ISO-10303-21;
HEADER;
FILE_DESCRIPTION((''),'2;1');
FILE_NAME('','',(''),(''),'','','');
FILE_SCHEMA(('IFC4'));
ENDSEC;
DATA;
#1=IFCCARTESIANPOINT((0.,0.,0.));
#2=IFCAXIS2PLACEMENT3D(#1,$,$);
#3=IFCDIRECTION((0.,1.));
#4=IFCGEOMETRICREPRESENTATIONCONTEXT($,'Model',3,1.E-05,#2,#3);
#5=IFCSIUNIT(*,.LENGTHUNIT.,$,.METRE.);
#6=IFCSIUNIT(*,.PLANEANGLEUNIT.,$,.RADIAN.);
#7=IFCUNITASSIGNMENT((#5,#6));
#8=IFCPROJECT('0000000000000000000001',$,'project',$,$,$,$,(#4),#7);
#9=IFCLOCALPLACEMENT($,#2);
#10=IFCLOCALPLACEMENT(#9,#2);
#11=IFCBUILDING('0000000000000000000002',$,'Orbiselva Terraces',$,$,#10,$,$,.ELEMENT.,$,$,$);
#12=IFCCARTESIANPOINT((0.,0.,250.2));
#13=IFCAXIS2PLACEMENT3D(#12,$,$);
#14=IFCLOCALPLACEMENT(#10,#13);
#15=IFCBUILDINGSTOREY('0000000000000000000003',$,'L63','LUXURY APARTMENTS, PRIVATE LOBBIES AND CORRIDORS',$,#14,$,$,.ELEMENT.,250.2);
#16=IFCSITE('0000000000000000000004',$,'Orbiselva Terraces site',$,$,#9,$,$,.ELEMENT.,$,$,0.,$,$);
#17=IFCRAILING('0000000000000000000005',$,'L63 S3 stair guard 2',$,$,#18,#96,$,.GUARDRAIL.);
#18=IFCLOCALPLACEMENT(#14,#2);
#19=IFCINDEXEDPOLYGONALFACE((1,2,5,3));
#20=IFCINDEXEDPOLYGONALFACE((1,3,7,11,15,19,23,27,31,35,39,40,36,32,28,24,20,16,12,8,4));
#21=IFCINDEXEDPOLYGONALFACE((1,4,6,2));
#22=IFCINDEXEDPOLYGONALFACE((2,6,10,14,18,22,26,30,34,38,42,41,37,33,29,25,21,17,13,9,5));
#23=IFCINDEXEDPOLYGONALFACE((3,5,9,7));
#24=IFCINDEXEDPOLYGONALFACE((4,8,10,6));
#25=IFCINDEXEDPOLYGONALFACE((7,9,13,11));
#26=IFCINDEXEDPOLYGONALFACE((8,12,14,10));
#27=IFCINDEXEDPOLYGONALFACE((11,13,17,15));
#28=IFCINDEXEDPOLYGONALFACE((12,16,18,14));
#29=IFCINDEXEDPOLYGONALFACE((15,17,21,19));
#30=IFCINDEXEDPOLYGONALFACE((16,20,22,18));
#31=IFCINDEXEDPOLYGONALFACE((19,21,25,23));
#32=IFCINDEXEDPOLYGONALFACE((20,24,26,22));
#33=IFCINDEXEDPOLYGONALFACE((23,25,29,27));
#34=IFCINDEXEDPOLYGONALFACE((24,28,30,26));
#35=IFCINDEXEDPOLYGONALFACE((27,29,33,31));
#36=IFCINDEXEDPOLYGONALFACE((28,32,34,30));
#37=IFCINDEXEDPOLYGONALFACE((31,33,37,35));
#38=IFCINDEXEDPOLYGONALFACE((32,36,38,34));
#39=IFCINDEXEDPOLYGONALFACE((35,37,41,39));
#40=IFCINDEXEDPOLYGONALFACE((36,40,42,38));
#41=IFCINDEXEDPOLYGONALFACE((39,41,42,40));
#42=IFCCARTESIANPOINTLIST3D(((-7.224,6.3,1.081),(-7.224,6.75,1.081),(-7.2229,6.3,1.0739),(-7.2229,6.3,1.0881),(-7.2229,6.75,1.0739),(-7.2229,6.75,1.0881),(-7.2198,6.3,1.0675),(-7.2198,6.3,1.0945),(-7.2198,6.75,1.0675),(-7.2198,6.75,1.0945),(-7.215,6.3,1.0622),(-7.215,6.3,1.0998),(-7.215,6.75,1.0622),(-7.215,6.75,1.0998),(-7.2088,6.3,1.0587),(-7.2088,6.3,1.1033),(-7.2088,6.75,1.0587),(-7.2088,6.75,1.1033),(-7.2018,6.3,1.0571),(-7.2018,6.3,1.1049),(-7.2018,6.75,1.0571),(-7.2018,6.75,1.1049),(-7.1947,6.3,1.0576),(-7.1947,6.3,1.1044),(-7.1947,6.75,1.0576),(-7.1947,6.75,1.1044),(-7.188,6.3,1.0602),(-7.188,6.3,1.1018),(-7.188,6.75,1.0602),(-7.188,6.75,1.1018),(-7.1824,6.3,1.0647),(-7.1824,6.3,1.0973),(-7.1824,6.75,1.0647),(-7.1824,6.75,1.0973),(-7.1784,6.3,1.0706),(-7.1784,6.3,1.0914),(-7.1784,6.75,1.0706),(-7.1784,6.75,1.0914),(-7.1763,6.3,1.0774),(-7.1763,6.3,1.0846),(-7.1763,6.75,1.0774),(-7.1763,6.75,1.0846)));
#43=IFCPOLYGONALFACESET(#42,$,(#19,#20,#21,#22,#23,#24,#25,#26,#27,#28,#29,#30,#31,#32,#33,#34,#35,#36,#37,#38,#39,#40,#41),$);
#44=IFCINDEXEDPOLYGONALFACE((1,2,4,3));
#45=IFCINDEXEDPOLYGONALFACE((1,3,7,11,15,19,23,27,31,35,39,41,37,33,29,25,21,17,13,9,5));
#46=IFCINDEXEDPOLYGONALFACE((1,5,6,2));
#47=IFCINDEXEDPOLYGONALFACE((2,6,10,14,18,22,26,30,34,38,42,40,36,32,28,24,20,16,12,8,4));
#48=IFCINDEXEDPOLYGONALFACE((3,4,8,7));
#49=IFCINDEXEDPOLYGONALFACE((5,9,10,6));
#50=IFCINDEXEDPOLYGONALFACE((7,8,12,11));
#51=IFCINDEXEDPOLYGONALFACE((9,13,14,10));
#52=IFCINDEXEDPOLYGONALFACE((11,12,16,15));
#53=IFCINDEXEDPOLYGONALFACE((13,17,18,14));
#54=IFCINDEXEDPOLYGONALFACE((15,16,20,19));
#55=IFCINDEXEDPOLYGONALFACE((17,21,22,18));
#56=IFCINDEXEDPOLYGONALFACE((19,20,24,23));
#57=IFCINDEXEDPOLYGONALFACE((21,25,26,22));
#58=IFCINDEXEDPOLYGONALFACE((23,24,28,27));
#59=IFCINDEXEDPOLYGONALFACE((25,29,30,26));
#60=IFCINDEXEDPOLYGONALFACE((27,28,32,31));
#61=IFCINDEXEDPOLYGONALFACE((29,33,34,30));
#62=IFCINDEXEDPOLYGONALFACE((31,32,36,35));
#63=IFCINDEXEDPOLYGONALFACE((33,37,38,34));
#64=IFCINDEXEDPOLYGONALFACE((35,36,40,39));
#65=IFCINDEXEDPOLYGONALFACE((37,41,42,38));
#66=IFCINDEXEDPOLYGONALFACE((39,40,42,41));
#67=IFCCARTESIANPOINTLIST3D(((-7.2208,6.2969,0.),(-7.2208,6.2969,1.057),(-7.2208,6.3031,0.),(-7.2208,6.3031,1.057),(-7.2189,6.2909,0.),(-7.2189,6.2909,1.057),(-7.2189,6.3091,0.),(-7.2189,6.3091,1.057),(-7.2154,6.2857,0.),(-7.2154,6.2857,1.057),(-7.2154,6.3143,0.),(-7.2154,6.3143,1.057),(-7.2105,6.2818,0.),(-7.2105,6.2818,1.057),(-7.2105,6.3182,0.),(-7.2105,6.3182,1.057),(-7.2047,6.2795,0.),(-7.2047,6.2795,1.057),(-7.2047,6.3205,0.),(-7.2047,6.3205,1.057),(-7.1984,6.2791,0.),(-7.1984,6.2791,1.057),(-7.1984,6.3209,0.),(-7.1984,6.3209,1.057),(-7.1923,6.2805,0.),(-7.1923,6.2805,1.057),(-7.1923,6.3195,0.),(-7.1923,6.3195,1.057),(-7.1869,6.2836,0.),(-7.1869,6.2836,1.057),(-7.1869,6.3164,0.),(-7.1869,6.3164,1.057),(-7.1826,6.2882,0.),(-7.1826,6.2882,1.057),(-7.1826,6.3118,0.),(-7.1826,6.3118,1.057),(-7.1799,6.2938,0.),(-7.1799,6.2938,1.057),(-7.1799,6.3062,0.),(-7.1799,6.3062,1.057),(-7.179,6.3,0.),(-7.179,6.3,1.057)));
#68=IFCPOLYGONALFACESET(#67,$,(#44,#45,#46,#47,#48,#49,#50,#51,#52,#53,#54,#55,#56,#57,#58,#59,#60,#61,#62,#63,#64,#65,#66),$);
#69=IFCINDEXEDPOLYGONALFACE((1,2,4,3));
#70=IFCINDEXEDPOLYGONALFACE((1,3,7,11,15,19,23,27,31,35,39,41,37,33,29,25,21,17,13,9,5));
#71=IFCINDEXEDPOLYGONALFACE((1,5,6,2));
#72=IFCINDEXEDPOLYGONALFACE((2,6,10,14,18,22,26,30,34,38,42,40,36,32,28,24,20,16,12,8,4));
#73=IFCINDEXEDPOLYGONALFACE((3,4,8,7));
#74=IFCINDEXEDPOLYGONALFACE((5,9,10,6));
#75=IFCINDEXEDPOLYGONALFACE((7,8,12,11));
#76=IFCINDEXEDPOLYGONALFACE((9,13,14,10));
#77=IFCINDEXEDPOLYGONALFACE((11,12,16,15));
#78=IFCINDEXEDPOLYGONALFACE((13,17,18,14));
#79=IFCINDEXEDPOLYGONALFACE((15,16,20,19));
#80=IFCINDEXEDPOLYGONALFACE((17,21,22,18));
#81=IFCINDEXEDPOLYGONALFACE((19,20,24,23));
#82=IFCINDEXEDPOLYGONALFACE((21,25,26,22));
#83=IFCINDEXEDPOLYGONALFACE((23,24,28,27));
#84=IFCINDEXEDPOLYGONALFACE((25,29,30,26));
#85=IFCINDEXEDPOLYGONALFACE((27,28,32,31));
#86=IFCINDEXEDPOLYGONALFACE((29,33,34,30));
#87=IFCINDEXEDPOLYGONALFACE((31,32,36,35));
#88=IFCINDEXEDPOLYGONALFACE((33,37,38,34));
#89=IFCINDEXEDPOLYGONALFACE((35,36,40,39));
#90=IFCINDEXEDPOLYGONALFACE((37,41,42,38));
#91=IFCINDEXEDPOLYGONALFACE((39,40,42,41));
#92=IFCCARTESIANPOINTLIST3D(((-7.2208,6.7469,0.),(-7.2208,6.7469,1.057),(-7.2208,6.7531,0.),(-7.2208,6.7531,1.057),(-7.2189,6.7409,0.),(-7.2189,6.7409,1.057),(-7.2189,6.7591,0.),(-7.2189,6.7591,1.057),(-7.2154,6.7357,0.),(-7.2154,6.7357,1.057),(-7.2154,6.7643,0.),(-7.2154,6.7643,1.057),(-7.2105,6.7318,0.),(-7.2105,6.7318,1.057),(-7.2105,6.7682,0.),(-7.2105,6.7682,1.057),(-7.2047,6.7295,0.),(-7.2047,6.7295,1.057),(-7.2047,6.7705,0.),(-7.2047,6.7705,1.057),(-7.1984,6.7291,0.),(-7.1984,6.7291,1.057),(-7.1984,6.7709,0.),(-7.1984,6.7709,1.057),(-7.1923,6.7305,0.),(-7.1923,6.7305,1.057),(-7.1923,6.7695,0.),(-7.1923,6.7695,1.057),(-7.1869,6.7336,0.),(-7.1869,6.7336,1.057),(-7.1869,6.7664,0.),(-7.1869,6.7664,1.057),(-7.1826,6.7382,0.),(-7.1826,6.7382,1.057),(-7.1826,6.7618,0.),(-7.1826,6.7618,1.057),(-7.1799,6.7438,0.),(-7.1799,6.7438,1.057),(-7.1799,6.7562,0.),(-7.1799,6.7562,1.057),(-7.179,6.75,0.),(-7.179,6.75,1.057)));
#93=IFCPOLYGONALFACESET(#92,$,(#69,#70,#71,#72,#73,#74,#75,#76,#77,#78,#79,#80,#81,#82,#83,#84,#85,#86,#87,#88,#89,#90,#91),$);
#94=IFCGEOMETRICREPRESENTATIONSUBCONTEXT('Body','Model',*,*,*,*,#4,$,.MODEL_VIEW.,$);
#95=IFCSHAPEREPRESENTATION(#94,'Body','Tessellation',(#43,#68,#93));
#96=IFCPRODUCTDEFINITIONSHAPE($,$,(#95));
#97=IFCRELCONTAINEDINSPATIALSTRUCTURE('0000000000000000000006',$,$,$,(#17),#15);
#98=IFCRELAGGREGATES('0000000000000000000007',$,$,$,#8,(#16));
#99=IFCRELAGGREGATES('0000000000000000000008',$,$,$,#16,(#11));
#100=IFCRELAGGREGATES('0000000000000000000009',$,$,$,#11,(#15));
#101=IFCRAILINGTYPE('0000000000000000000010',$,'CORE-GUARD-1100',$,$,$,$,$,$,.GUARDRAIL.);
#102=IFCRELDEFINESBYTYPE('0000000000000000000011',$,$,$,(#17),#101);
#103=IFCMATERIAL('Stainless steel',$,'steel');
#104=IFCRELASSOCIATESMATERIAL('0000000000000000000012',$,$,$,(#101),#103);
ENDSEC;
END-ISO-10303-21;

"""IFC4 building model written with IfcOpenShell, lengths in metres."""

from ifc_helpers import new_model, si_unit, direction, frame, origin, origin_2d, place, context, subcontext, project, spatial, circle, extrude, material, type_object, element, save


model = new_model("IFC4")

# Units and contexts
model_context = context("Model", 3, precision=1e-05, world=origin(), true_north=direction((0.0, 1.0)))
body_context = subcontext(model_context, "Body", "Model", "MODEL_VIEW")
ifc_project = project(units=[si_unit("LENGTHUNIT", "METRE"), si_unit("PLANEANGLEUNIT", "RADIAN")], contexts=[model_context])

# Site, building, storey
site_placement = place(None, origin())
site = spatial("IfcSite", under=ifc_project, at=site_placement, Name="Orbiselva Terraces site", CompositionType="ELEMENT", RefElevation=0.0)
building_placement = place(site_placement, origin())
building = spatial("IfcBuilding", under=site, at=building_placement, Name="Orbiselva Terraces", CompositionType="ELEMENT")
storey_placement = place(building_placement, frame((0.0, 0.0, 250.2)))
storey = spatial("IfcBuildingStorey", under=building, at=storey_placement, Name="L63", Description="LUXURY APARTMENTS, PRIVATE LOBBIES AND CORRIDORS", CompositionType="ELEMENT", Elevation=250.2)

# Railing
ifc_material_1 = material(Name="Stainless steel", Category="steel")
railing_type_1 = type_object("IfcRailingType", Name="CORE-GUARD-1100", PredefinedType="GUARDRAIL", material=ifc_material_1)
railing_1_placement = place(storey_placement, frame((-7.2, 6.3, 0.0)))
element("IfcRailing", 1, at=railing_1_placement, inside=storey, type_object=railing_type_1, Name="L63 S3 stair guard 2", PredefinedType="GUARDRAIL", context=body_context, shape_type="SweptSolid", body=[
    extrude(circle(Radius=0.024, at=origin_2d()), frame((0.0, 0.0, 1.081), z_axis=(0.0, 1.0, 0.0), x_axis=(-1.0, 0.0, 0.0)), (0.0, 0.0, 1.0), 0.45),
    extrude(circle(Radius=0.021, at=origin_2d()), origin(), (0.0, 0.0, 1.0), 1.057),
    extrude(circle(Radius=0.021, at=origin_2d()), frame((0.0, 0.45, 0.0)), (0.0, 0.0, 1.0), 1.057),
])

save(model, "model.ifc")
